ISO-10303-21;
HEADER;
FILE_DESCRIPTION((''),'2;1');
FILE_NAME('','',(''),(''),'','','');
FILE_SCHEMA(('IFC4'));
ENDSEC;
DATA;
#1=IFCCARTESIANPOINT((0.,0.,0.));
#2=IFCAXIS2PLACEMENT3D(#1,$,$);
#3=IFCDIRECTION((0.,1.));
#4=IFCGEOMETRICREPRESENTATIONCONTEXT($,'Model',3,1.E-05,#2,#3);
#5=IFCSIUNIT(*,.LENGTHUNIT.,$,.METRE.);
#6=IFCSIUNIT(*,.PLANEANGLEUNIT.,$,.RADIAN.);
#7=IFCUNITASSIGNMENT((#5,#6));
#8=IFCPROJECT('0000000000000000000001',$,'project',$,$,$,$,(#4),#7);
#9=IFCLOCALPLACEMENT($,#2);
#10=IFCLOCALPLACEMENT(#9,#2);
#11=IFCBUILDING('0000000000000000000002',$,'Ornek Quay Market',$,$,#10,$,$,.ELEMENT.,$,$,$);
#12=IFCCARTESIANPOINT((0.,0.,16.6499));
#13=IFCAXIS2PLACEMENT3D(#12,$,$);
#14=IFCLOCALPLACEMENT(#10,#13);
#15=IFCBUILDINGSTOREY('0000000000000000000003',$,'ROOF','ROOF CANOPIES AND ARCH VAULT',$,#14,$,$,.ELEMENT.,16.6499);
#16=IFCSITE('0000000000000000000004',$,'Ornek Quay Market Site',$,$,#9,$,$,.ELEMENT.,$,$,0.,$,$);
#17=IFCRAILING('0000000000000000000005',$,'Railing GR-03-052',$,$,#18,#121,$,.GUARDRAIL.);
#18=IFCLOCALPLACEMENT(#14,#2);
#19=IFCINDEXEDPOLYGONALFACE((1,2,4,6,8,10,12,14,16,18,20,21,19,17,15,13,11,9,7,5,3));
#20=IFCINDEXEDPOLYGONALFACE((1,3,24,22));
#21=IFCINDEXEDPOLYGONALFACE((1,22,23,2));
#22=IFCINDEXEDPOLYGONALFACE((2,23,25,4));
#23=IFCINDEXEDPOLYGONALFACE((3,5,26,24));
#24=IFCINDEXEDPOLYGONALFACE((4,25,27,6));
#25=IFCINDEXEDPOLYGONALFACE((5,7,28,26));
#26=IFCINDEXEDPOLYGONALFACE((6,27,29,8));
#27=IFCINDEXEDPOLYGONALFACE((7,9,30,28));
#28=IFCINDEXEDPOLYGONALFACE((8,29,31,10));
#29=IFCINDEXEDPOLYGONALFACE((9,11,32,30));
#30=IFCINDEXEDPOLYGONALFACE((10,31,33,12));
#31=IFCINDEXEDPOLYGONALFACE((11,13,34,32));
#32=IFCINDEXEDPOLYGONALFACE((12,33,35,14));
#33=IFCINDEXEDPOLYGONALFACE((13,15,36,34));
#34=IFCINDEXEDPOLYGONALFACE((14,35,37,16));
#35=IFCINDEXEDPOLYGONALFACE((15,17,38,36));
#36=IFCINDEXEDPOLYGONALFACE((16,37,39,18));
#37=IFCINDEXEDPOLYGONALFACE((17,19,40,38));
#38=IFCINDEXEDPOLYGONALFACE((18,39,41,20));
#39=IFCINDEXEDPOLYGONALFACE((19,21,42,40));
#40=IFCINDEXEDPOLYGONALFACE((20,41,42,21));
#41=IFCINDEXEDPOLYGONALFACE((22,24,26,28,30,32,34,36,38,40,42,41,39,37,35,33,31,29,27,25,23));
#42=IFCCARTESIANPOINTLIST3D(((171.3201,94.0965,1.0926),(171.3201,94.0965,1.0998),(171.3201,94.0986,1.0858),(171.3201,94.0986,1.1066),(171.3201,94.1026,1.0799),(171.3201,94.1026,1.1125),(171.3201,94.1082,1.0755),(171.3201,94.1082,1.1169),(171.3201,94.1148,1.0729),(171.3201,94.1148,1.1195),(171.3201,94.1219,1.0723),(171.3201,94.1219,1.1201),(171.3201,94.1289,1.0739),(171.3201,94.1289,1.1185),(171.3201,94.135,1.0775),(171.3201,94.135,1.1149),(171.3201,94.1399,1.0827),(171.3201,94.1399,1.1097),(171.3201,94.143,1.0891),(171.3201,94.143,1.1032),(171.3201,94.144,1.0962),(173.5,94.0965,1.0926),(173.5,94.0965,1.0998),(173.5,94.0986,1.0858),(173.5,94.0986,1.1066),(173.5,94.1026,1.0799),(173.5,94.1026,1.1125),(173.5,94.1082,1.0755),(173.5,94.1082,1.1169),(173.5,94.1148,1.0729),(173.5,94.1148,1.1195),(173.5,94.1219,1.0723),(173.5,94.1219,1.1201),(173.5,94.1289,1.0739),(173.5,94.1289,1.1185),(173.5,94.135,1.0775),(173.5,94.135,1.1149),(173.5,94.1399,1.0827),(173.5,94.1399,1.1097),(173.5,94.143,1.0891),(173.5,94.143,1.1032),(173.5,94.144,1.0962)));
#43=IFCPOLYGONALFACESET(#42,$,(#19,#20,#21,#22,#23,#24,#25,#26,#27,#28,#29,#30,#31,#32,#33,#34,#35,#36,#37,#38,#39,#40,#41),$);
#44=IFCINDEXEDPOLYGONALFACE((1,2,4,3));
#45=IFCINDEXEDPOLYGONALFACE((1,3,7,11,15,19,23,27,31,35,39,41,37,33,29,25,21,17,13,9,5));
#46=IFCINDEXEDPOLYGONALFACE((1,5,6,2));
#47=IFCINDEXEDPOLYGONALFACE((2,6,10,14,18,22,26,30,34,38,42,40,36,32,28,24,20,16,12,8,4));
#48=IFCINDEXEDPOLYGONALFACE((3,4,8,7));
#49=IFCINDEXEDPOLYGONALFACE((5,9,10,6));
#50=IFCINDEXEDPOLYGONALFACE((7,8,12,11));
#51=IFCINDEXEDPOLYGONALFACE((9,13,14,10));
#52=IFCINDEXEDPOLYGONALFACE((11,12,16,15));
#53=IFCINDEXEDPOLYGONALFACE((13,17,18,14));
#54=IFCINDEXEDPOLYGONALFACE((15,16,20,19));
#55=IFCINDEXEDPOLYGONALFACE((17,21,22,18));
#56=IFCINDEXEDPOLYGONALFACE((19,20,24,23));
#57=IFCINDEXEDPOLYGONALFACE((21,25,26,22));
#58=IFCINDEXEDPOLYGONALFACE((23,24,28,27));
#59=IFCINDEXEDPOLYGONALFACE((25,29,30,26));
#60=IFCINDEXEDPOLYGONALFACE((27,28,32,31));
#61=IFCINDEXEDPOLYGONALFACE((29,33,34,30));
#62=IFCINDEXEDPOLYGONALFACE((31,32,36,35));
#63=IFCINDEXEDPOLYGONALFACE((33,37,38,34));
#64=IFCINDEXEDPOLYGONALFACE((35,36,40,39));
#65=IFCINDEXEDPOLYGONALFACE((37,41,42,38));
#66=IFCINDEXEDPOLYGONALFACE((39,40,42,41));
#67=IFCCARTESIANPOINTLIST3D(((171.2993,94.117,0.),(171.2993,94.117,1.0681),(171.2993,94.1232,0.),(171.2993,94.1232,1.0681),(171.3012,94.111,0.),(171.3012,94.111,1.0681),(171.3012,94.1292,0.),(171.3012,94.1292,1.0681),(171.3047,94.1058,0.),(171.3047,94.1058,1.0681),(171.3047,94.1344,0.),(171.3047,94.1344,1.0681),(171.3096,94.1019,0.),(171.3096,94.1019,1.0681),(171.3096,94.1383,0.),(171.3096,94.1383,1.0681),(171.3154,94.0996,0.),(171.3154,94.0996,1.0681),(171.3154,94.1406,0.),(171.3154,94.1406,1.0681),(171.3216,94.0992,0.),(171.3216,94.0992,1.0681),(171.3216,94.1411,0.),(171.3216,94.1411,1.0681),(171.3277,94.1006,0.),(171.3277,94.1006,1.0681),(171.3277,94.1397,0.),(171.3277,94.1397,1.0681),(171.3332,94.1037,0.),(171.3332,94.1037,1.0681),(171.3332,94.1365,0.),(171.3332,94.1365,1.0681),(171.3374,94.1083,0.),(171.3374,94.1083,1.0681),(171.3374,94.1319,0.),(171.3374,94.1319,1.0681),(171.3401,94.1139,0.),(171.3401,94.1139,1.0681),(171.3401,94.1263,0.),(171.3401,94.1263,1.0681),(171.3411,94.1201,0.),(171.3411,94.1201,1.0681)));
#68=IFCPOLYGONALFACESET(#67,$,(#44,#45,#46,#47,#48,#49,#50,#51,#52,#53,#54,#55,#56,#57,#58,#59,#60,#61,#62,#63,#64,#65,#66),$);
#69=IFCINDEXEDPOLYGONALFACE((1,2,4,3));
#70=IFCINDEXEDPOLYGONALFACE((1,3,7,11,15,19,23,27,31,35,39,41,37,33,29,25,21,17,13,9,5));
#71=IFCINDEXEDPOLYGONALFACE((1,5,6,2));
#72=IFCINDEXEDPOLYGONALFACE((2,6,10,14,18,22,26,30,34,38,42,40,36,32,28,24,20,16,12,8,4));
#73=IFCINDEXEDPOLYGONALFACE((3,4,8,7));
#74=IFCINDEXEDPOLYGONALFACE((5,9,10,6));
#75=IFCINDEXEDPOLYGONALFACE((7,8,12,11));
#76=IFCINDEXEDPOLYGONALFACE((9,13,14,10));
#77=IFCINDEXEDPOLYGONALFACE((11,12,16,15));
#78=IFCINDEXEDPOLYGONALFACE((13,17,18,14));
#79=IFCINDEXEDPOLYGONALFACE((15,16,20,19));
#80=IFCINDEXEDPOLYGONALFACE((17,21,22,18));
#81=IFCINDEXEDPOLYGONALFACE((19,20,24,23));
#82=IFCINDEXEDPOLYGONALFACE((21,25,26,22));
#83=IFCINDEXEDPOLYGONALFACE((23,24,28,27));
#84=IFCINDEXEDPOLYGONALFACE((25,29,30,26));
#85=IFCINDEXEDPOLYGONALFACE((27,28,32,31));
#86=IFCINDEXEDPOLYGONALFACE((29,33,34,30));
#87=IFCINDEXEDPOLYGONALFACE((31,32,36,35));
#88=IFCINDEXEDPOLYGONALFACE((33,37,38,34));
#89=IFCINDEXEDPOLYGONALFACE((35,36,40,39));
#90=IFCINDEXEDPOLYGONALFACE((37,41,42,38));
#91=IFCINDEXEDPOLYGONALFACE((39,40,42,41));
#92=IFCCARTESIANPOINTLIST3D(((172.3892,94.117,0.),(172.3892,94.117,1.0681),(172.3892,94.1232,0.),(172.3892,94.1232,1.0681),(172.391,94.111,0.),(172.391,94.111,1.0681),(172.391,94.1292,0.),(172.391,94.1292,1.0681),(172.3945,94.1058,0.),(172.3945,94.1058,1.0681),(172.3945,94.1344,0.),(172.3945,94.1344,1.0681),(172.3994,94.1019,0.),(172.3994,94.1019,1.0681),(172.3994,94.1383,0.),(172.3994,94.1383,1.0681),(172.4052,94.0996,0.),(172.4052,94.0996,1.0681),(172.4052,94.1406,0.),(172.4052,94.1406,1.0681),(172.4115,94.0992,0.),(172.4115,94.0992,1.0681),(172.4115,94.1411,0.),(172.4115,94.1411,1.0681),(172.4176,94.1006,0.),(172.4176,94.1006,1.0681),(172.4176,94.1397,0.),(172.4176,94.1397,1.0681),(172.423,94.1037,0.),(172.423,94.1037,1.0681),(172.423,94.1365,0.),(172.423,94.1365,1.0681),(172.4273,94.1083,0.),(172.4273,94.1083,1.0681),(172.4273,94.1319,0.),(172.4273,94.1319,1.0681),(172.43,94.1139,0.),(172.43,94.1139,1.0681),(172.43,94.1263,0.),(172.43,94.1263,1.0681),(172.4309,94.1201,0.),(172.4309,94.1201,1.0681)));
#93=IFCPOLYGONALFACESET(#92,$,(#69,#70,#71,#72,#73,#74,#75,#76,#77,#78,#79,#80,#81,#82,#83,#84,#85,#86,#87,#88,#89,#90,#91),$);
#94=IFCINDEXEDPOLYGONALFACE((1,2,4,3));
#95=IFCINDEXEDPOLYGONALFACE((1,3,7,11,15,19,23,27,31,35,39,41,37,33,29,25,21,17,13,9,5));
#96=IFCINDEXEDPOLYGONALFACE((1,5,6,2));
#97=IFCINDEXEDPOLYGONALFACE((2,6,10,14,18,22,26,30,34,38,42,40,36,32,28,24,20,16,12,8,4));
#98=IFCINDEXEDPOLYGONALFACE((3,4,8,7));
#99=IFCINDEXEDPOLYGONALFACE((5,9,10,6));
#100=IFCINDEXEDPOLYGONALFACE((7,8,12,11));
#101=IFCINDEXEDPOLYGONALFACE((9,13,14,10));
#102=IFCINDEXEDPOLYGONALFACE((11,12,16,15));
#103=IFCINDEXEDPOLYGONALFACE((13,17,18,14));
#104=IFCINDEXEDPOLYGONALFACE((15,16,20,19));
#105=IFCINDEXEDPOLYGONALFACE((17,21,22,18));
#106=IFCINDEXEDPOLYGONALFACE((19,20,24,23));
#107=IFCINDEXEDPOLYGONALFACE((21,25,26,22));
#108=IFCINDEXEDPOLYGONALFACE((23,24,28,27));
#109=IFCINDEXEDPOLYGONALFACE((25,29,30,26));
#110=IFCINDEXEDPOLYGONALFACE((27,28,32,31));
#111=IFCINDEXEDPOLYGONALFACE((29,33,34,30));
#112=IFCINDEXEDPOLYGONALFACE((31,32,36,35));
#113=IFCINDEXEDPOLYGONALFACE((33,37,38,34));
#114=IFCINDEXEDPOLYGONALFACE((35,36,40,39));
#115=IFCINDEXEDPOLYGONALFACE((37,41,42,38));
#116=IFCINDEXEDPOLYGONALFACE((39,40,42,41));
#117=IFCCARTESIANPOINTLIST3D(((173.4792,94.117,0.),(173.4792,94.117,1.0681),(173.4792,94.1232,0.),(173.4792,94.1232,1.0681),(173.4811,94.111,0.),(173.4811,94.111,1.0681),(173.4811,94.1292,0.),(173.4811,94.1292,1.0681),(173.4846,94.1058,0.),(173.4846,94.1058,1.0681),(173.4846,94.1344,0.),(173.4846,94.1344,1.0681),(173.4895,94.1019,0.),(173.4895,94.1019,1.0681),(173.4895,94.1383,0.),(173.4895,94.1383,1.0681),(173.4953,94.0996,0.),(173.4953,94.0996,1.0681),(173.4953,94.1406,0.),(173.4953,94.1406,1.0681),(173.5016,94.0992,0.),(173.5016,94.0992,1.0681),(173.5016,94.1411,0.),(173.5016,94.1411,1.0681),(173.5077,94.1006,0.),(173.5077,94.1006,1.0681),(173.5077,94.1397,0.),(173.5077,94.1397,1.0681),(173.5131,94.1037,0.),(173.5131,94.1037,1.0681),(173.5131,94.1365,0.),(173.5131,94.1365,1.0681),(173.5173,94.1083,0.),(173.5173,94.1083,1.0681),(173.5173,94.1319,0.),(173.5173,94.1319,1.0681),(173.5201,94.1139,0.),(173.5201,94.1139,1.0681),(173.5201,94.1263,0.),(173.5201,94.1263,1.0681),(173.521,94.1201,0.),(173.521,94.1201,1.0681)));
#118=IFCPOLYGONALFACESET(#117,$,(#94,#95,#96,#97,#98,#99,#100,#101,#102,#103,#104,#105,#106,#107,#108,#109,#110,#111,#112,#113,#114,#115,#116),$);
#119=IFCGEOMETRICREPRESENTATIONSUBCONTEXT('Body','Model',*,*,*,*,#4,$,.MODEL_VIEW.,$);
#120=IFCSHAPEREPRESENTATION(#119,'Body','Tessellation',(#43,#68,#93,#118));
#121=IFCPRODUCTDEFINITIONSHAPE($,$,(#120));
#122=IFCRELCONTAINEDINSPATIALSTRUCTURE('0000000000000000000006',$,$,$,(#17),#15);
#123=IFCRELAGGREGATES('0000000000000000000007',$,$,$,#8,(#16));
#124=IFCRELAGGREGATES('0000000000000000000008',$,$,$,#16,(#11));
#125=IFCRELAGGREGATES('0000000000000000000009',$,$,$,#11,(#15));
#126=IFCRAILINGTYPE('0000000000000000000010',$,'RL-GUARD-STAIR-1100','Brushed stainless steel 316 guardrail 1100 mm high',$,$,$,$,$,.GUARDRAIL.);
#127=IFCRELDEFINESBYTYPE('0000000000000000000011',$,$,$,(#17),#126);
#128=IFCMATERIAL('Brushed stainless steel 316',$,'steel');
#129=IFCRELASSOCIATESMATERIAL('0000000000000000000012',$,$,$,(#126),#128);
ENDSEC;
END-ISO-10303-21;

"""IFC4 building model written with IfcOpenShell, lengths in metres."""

from ifc_helpers import new_model, si_unit, direction, frame, origin, origin_2d, place, context, subcontext, project, spatial, circle, extrude, material, type_object, element, save


model = new_model("IFC4")

# Units and contexts
model_context = context("Model", 3, precision=1e-05, world=origin(), true_north=direction((0.0, 1.0)))
body_context = subcontext(model_context, "Body", "Model", "MODEL_VIEW")
ifc_project = project(units=[si_unit("LENGTHUNIT", "METRE"), si_unit("PLANEANGLEUNIT", "RADIAN")], contexts=[model_context])

# Site, building, storey
site_placement = place(None, origin())
site = spatial("IfcSite", under=ifc_project, at=site_placement, Name="Ornek Quay Market Site", CompositionType="ELEMENT", RefElevation=0.0)
building_placement = place(site_placement, origin())
building = spatial("IfcBuilding", under=site, at=building_placement, Name="Ornek Quay Market", CompositionType="ELEMENT")
storey_placement = place(building_placement, frame((0.0, 0.0, 16.6499)))
storey = spatial("IfcBuildingStorey", under=building, at=storey_placement, Name="ROOF", Description="ROOF CANOPIES AND ARCH VAULT", CompositionType="ELEMENT", Elevation=16.6499)

# Railing
ifc_material_1 = material(Name="Brushed stainless steel 316", Category="steel")
railing_type = type_object("IfcRailingType", Name="RL-GUARD-STAIR-1100", Description="Brushed stainless steel 316 guardrail 1100 mm high", PredefinedType="GUARDRAIL", material=ifc_material_1)
railing_placement = place(storey_placement, frame((171.3201, 94.1201, 0.0)))
element("IfcRailing", 1, at=railing_placement, inside=storey, type_object=railing_type, Name="Railing GR-03-052", PredefinedType="GUARDRAIL", context=body_context, shape_type="SweptSolid", body=[
    extrude(circle(Radius=0.0239, at=origin_2d()), frame((0.0, 0.0, 1.0962), z_axis=(1.0, 0.0, 0.0), x_axis=(0.0, 1.0, 0.0)), (0.0, 0.0, 1.0), 2.1799),
    extrude(circle(Radius=0.021, at=origin_2d()), origin(), (0.0, 0.0, 1.0), 1.0681),
    extrude(circle(Radius=0.021, at=origin_2d()), frame((1.0898, 0.0, 0.0)), (0.0, 0.0, 1.0), 1.0681),
    extrude(circle(Radius=0.021, at=origin_2d()), frame((2.1799, 0.0, 0.0)), (0.0, 0.0, 1.0), 1.0681),
])

save(model, "model.ifc")
